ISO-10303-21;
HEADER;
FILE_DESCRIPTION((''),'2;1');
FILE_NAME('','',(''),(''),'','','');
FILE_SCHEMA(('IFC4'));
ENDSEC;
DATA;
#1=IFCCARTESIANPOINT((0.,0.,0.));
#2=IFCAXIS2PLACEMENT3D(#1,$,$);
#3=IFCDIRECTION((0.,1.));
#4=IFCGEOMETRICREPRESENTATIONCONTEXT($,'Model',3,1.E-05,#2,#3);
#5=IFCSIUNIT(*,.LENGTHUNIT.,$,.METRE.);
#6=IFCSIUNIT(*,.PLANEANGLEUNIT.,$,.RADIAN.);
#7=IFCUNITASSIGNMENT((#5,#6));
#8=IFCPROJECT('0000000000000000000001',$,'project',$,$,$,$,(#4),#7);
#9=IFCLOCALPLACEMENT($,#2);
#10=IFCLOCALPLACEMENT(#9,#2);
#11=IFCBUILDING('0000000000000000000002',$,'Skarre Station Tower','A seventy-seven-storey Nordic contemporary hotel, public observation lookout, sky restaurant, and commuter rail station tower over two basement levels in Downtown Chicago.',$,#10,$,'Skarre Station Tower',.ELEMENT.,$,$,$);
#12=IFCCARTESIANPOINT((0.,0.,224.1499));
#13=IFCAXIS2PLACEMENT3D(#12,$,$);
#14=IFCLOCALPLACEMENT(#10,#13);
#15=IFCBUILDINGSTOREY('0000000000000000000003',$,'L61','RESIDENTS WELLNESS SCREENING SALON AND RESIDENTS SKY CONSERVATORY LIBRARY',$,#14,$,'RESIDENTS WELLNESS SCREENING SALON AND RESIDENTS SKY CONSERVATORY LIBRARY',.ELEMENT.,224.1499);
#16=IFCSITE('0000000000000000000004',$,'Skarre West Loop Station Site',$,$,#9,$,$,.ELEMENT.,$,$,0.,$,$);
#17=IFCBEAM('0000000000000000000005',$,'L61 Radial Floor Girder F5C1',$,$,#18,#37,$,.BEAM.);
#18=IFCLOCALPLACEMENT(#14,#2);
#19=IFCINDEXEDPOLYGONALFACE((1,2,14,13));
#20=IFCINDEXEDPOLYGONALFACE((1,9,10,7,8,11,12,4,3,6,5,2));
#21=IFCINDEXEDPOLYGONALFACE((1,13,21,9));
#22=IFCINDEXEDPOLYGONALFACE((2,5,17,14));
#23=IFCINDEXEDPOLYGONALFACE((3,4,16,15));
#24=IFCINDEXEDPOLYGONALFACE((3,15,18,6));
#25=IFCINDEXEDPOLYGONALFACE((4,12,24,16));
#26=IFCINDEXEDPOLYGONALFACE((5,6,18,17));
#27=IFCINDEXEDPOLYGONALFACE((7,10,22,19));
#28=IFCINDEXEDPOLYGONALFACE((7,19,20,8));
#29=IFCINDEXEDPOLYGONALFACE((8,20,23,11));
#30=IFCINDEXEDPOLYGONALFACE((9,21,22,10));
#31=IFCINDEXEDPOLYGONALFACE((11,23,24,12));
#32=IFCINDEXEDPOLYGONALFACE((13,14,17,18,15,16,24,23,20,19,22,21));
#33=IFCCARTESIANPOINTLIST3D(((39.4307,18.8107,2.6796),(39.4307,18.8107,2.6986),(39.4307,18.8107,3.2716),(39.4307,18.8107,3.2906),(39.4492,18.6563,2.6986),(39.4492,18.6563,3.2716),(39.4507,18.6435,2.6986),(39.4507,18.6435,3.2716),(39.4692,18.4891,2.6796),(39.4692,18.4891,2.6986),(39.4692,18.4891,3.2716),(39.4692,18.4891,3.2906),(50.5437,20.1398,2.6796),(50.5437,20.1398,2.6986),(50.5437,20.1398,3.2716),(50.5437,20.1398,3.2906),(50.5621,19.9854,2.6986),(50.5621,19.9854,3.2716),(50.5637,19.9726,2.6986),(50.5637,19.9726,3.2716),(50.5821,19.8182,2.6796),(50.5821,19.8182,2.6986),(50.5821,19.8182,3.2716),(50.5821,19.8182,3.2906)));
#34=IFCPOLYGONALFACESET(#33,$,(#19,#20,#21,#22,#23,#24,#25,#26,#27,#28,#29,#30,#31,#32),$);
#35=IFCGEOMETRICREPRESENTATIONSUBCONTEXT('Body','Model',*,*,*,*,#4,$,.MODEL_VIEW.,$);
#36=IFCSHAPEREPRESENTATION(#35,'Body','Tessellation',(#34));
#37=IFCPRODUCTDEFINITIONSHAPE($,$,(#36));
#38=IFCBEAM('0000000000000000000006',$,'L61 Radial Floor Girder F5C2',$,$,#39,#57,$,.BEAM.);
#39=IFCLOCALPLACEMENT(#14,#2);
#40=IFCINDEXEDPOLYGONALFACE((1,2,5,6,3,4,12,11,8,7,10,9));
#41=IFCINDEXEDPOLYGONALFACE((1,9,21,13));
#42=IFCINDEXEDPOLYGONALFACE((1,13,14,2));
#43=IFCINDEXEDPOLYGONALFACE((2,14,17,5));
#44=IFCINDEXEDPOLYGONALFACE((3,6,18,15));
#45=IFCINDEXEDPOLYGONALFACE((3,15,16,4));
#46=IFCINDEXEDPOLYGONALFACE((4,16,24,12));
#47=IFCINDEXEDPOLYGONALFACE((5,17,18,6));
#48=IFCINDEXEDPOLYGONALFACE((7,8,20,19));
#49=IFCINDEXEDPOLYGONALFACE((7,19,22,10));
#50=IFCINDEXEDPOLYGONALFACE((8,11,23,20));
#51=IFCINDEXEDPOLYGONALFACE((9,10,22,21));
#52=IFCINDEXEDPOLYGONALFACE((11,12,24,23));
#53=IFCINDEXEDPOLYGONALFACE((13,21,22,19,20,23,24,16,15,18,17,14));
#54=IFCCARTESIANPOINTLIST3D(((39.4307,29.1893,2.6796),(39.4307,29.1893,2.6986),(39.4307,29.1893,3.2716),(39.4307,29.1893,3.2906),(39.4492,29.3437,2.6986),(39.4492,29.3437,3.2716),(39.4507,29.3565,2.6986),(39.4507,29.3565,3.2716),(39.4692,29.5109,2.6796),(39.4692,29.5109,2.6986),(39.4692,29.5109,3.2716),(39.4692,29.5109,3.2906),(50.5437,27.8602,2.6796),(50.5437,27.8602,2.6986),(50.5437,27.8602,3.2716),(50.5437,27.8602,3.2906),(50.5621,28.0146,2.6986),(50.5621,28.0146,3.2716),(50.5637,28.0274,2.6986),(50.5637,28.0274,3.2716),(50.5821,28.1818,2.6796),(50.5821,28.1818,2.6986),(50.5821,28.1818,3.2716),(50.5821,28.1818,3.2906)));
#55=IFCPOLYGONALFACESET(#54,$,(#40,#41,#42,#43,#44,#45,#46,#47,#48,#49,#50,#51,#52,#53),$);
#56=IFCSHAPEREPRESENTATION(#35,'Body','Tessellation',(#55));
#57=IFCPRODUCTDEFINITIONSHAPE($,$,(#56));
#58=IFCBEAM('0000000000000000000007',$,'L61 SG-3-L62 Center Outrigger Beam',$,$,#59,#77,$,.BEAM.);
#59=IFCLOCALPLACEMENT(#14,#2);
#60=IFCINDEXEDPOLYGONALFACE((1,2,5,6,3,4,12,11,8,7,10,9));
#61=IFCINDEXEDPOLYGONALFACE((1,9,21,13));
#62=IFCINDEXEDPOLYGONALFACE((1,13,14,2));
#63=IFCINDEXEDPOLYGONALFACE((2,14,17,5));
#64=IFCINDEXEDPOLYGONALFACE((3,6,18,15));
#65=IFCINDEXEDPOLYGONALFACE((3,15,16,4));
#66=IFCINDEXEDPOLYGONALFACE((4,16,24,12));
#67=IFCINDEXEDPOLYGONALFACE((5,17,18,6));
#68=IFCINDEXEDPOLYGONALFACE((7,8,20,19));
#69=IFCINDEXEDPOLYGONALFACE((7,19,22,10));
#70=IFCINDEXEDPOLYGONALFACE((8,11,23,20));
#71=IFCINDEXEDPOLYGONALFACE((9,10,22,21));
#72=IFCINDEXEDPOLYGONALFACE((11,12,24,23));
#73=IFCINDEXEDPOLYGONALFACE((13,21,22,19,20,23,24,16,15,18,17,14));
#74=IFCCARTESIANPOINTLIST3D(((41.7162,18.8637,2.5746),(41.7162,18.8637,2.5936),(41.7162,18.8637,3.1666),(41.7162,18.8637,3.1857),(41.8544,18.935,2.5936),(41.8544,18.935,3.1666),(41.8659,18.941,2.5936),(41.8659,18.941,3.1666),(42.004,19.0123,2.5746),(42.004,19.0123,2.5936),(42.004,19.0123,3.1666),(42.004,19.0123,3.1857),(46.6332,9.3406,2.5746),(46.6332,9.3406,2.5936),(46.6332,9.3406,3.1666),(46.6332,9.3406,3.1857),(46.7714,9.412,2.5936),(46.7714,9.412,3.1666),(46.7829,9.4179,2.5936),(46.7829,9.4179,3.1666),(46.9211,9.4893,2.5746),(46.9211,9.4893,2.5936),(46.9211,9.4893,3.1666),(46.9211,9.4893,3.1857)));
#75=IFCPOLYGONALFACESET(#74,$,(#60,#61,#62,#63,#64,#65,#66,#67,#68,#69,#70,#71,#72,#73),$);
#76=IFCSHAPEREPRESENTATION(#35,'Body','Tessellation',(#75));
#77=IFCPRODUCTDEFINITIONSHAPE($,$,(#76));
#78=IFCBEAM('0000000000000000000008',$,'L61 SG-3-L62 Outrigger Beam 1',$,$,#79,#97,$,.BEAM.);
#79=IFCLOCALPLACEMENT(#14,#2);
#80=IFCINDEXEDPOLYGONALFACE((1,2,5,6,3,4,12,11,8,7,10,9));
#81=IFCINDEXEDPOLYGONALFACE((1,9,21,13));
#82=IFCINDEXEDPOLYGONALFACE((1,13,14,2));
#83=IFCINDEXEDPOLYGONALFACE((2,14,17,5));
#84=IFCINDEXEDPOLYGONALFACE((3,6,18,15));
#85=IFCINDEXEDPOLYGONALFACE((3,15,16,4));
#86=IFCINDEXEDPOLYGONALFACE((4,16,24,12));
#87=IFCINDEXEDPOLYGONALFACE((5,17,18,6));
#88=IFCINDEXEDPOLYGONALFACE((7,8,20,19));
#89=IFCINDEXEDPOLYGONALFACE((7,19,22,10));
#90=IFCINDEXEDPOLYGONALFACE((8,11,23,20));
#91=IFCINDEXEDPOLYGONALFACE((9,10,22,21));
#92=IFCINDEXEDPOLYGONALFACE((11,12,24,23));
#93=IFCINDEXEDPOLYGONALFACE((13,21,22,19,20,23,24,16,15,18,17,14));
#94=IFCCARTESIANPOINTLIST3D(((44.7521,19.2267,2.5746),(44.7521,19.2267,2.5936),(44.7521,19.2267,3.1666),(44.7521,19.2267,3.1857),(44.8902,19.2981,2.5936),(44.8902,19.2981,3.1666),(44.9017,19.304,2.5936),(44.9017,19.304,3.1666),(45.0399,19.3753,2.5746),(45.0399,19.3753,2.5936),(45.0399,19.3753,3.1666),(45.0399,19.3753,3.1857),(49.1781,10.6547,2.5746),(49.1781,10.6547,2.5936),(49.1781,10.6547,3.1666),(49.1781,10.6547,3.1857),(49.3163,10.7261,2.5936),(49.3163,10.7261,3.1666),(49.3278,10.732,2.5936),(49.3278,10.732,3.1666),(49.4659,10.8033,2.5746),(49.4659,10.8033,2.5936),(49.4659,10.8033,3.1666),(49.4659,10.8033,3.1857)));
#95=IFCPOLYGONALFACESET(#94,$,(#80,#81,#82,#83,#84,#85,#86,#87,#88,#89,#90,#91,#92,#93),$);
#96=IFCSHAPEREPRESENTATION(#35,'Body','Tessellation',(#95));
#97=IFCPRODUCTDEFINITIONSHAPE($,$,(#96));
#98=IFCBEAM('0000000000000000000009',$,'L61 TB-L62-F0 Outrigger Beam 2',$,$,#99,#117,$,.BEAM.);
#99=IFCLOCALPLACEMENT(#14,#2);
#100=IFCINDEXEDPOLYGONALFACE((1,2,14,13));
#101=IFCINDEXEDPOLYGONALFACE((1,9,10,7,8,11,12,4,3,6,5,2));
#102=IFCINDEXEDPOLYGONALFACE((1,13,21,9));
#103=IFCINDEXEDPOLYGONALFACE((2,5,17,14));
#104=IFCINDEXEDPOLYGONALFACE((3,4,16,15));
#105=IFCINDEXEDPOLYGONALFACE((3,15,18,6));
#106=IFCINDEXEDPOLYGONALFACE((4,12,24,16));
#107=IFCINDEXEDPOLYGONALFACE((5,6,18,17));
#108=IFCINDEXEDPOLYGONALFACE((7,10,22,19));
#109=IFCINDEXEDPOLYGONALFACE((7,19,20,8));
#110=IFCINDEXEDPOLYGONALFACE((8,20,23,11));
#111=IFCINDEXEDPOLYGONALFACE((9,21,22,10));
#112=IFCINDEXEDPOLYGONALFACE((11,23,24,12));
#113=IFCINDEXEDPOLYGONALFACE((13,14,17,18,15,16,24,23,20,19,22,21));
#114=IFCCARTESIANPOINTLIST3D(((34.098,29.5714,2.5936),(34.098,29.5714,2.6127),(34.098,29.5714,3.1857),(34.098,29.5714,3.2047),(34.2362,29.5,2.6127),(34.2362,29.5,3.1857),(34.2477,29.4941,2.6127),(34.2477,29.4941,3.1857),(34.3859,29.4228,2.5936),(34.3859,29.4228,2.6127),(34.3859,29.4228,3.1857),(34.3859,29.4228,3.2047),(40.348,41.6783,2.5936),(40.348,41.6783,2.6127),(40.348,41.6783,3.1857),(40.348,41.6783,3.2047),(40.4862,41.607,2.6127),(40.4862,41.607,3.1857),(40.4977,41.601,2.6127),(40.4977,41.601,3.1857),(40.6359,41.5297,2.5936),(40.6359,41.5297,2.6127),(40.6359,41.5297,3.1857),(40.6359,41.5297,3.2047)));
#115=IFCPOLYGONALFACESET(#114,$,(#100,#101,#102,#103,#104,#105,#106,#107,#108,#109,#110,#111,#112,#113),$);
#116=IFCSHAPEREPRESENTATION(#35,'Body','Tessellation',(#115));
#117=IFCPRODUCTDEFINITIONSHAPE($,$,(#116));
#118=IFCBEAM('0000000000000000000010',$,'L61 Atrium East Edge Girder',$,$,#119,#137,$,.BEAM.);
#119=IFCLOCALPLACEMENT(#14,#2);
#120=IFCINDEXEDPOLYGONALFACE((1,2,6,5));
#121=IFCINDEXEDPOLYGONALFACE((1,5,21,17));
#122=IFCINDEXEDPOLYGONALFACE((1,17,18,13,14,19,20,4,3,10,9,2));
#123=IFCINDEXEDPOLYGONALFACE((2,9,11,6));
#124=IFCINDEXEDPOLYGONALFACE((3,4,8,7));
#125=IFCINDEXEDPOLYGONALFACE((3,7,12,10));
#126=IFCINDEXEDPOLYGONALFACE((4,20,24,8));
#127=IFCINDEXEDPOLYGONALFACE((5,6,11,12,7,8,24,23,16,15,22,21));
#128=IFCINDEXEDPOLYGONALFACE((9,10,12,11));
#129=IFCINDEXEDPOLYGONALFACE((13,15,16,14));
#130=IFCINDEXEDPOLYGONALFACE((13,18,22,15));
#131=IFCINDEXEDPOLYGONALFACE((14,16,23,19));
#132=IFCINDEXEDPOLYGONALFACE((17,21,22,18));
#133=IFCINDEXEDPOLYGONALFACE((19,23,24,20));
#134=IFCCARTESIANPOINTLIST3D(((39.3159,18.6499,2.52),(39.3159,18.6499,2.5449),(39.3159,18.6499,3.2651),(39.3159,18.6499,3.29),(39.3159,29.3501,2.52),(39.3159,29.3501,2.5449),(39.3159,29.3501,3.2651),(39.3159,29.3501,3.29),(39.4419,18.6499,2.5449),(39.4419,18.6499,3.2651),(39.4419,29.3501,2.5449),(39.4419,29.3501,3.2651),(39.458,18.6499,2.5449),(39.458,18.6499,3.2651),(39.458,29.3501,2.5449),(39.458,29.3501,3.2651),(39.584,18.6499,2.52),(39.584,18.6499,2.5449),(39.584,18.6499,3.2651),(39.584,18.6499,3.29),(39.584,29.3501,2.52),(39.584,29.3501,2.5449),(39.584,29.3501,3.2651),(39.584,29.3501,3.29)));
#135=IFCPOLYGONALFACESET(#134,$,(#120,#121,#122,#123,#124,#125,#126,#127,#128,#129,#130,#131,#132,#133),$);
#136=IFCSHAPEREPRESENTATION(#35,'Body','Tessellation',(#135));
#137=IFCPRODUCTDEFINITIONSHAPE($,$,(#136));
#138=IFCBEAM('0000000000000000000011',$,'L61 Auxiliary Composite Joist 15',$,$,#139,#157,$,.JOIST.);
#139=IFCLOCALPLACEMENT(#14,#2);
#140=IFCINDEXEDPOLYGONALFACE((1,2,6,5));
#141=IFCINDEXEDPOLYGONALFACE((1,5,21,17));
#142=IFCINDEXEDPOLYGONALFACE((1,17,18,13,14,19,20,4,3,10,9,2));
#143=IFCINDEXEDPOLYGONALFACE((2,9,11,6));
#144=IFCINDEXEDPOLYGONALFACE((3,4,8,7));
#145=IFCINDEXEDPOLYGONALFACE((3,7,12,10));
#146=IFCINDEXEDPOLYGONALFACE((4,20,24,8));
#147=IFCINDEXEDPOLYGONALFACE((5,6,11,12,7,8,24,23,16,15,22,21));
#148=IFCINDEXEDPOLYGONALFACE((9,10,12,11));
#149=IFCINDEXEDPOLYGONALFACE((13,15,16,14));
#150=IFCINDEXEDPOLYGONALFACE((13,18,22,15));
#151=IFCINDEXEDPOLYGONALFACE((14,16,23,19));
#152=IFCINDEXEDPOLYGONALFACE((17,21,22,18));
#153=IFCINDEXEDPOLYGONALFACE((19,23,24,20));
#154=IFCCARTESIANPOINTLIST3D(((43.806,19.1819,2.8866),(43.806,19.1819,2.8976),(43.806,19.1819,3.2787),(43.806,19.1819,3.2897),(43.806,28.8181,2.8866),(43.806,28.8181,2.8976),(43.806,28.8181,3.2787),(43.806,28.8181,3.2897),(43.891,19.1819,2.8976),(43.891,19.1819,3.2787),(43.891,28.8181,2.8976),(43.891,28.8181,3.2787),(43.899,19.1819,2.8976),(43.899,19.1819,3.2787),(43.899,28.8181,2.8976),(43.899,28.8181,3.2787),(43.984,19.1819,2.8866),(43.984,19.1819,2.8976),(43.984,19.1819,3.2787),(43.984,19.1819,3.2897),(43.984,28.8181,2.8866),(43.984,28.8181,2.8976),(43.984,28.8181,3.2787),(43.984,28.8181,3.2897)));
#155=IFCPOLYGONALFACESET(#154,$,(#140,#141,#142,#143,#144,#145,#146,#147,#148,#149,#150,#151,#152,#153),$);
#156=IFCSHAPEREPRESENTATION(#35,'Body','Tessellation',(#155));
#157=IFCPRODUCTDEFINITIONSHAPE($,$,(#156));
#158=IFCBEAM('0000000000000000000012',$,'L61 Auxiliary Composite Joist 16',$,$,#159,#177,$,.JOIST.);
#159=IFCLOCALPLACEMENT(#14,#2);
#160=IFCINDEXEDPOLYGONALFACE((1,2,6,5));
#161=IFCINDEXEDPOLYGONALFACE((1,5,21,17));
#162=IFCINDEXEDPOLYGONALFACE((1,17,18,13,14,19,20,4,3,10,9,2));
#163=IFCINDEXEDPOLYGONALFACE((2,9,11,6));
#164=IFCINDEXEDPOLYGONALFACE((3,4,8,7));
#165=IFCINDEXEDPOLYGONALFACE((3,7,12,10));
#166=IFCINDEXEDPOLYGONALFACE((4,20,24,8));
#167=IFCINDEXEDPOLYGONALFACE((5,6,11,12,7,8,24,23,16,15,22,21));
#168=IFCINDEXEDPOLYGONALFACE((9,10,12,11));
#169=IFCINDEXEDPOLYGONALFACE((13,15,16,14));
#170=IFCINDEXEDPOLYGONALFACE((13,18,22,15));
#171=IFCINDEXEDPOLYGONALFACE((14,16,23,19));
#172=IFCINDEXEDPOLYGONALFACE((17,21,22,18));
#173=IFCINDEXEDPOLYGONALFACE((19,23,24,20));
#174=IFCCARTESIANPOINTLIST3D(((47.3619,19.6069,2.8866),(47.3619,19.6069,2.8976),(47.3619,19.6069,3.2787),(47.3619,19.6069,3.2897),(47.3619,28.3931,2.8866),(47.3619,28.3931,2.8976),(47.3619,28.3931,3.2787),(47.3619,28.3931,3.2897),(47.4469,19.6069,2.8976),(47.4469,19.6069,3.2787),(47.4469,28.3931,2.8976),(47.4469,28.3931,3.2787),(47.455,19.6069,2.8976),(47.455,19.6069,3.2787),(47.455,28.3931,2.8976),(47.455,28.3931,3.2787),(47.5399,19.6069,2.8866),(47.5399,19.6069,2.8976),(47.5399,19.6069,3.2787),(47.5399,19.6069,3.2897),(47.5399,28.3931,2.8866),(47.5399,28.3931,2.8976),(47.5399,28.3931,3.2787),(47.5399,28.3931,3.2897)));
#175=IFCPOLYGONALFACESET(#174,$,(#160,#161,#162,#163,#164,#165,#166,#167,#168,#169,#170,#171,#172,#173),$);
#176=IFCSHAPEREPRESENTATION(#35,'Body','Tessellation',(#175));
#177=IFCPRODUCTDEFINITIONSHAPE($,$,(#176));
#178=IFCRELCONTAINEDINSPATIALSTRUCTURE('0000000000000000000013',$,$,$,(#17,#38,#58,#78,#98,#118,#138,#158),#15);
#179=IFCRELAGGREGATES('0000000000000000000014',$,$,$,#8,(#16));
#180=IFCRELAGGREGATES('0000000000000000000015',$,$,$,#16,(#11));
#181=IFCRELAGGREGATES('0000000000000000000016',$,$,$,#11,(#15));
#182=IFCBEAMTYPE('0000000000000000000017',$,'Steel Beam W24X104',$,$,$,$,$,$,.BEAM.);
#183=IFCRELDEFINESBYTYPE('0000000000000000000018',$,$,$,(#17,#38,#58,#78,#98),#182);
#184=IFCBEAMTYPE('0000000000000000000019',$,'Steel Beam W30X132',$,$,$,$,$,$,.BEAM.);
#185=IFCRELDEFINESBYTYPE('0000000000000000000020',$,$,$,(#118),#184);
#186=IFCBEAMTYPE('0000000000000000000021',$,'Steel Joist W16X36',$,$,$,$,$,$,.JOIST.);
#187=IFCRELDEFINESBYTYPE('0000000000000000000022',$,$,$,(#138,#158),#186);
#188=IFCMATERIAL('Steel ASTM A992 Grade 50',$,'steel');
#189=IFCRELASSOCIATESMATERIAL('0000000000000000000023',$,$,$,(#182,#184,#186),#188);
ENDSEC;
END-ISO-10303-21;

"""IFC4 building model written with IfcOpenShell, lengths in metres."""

from ifc_helpers import new_model, si_unit, direction, frame, origin, origin_2d, place, context, subcontext, project, spatial, i_section, extrude, material, material_profile, profile_set, type_object, element, save


model = new_model("IFC4")

# Units and contexts
model_context = context("Model", 3, precision=1e-05, world=origin(), true_north=direction((0.0, 1.0)))
body_context = subcontext(model_context, "Body", "Model", "MODEL_VIEW")
ifc_project = project(units=[si_unit("LENGTHUNIT", "METRE"), si_unit("PLANEANGLEUNIT", "RADIAN")], contexts=[model_context])

# Site, building, storey
site_placement = place(None, origin())
site = spatial("IfcSite", under=ifc_project, at=site_placement, Name="Skarre West Loop Station Site", CompositionType="ELEMENT", RefElevation=0.0)
building_placement = place(site_placement, origin())
building = spatial("IfcBuilding", under=site, at=building_placement, Name="Skarre Station Tower", Description="A seventy-seven-storey Nordic contemporary hotel, public observation lookout, sky restaurant, and commuter rail station tower over two basement levels in Downtown Chicago.", LongName="Skarre Station Tower", CompositionType="ELEMENT")
storey_placement = place(building_placement, frame((0.0, 0.0, 224.1499)))
storey = spatial("IfcBuildingStorey", under=building, at=storey_placement, Name="L61", Description="RESIDENTS WELLNESS SCREENING SALON AND RESIDENTS SKY CONSERVATORY LIBRARY", LongName="RESIDENTS WELLNESS SCREENING SALON AND RESIDENTS SKY CONSERVATORY LIBRARY", CompositionType="ELEMENT", Elevation=224.1499)

# Beams
ifc_material_1 = material(Name="Steel ASTM A992 Grade 50", Category="steel")
ifc_material_profile_1 = material_profile(ifc_material_1, i_section(OverallWidth=0.324, OverallDepth=0.6111, WebThickness=0.0129, FlangeThickness=0.019, at=origin_2d()), Name="Steel ASTM A992 Grade 50")
ifc_profile_set_1 = profile_set([ifc_material_profile_1], Name="Steel ASTM A992 Grade 50")
beam_type_1 = type_object("IfcBeamType", Name="Steel Beam W24X104", PredefinedType="BEAM", material=ifc_profile_set_1)
for number, where, z_axis, x_axis, name in (
    (1, (39.45, 18.6499, 2.9851), (0.992924, 0.118752, 0.0), (-0.118752, 0.992924, 0.0), "L61 Radial Floor Girder F5C1"),
    (2, (39.45, 29.3501, 2.9851), (0.992924, -0.118752, 0.0), (0.118752, 0.992924, 0.0), "L61 Radial Floor Girder F5C2"),
):
    element("IfcBeam", number, at=place(storey_placement, frame(where, z_axis=z_axis, x_axis=x_axis)), inside=storey, type_object=beam_type_1, Name=name, PredefinedType="BEAM", context=body_context, shape_type="SweptSolid", body=[
        extrude(i_section(OverallWidth=0.324, OverallDepth=0.6111, WebThickness=0.0129, FlangeThickness=0.019, at=origin_2d()), origin(), (0.0, 0.0, 1.0), 11.1921),
    ])
beam_1_placement = place(storey_placement, frame((41.8601, 18.938, 2.8801), z_axis=(0.458784, -0.888548, 0.0), x_axis=(0.888548, 0.458784, 0.0)))
element("IfcBeam", 3, at=beam_1_placement, inside=storey, type_object=beam_type_1, Name="L61 SG-3-L62 Center Outrigger Beam", PredefinedType="BEAM", context=body_context, shape_type="SweptSolid", body=[
    extrude(i_section(OverallWidth=0.324, OverallDepth=0.6111, WebThickness=0.0129, FlangeThickness=0.019, at=origin_2d()), origin(), (0.0, 0.0, 1.0), 10.7175),
])
beam_2_placement = place(storey_placement, frame((44.896, 19.301, 2.8801), z_axis=(0.458787, -0.888546, 0.0), x_axis=(0.888546, 0.458787, 0.0)))
element("IfcBeam", 4, at=beam_2_placement, inside=storey, type_object=beam_type_1, Name="L61 SG-3-L62 Outrigger Beam 1", PredefinedType="BEAM", context=body_context, shape_type="SweptSolid", body=[
    extrude(i_section(OverallWidth=0.324, OverallDepth=0.6111, WebThickness=0.0129, FlangeThickness=0.019, at=origin_2d()), origin(), (0.0, 0.0, 1.0), 9.6472),
])
beam_3_placement = place(storey_placement, frame((34.2419, 29.4971, 2.8992), z_axis=(0.458716, 0.888583, 0.0), x_axis=(-0.888583, 0.458716, 0.0)))
element("IfcBeam", 5, at=beam_3_placement, inside=storey, type_object=beam_type_1, Name="L61 TB-L62-F0 Outrigger Beam 2", PredefinedType="BEAM", context=body_context, shape_type="SweptSolid", body=[
    extrude(i_section(OverallWidth=0.324, OverallDepth=0.6111, WebThickness=0.0129, FlangeThickness=0.019, at=origin_2d()), origin(), (0.0, 0.0, 1.0), 13.625),
])
ifc_material_profile_2 = material_profile(ifc_material_1, i_section(OverallWidth=0.2681, OverallDepth=0.77, WebThickness=0.0161, FlangeThickness=0.0249, at=origin_2d()), Name="Steel ASTM A992 Grade 50")
ifc_profile_set_2 = profile_set([ifc_material_profile_2], Name="Steel ASTM A992 Grade 50")
beam_type_2 = type_object("IfcBeamType", Name="Steel Beam W30X132", PredefinedType="BEAM", material=ifc_profile_set_2)
beam_4_placement = place(storey_placement, frame((39.45, 18.6499, 2.905), z_axis=(0.0, 1.0, 0.0), x_axis=(-1.0, 0.0, 0.0)))
element("IfcBeam", 6, at=beam_4_placement, inside=storey, type_object=beam_type_2, Name="L61 Atrium East Edge Girder", PredefinedType="BEAM", context=body_context, shape_type="SweptSolid", body=[
    extrude(i_section(OverallWidth=0.2681, OverallDepth=0.77, WebThickness=0.0161, FlangeThickness=0.0249, at=origin_2d()), origin(), (0.0, 0.0, 1.0), 10.7002),
])
ifc_material_profile_3 = material_profile(ifc_material_1, i_section(OverallWidth=0.178, OverallDepth=0.4031, WebThickness=0.0081, FlangeThickness=0.011, at=origin_2d()), Name="Steel ASTM A992 Grade 50")
ifc_profile_set_3 = profile_set([ifc_material_profile_3], Name="Steel ASTM A992 Grade 50")
beam_type_3 = type_object("IfcBeamType", Name="Steel Joist W16X36", PredefinedType="JOIST", material=ifc_profile_set_3)
beam_5_placement = place(storey_placement, frame((43.895, 19.1819, 3.0881), z_axis=(0.0, 1.0, 0.0), x_axis=(-1.0, 0.0, 0.0)))
element("IfcBeam", 7, at=beam_5_placement, inside=storey, type_object=beam_type_3, Name="L61 Auxiliary Composite Joist 15", PredefinedType="JOIST", context=body_context, shape_type="SweptSolid", body=[
    extrude(i_section(OverallWidth=0.178, OverallDepth=0.4031, WebThickness=0.0081, FlangeThickness=0.011, at=origin_2d()), origin(), (0.0, 0.0, 1.0), 9.6362),
])
beam_6_placement = place(storey_placement, frame((47.4509, 19.6069, 3.0881), z_axis=(0.0, 1.0, 0.0), x_axis=(-1.0, 0.0, 0.0)))
element("IfcBeam", 8, at=beam_6_placement, inside=storey, type_object=beam_type_3, Name="L61 Auxiliary Composite Joist 16", PredefinedType="JOIST", context=body_context, shape_type="SweptSolid", body=[
    extrude(i_section(OverallWidth=0.178, OverallDepth=0.4031, WebThickness=0.0081, FlangeThickness=0.011, at=origin_2d()), origin(), (0.0, 0.0, 1.0), 8.7861),
])

save(model, "model.ifc")
